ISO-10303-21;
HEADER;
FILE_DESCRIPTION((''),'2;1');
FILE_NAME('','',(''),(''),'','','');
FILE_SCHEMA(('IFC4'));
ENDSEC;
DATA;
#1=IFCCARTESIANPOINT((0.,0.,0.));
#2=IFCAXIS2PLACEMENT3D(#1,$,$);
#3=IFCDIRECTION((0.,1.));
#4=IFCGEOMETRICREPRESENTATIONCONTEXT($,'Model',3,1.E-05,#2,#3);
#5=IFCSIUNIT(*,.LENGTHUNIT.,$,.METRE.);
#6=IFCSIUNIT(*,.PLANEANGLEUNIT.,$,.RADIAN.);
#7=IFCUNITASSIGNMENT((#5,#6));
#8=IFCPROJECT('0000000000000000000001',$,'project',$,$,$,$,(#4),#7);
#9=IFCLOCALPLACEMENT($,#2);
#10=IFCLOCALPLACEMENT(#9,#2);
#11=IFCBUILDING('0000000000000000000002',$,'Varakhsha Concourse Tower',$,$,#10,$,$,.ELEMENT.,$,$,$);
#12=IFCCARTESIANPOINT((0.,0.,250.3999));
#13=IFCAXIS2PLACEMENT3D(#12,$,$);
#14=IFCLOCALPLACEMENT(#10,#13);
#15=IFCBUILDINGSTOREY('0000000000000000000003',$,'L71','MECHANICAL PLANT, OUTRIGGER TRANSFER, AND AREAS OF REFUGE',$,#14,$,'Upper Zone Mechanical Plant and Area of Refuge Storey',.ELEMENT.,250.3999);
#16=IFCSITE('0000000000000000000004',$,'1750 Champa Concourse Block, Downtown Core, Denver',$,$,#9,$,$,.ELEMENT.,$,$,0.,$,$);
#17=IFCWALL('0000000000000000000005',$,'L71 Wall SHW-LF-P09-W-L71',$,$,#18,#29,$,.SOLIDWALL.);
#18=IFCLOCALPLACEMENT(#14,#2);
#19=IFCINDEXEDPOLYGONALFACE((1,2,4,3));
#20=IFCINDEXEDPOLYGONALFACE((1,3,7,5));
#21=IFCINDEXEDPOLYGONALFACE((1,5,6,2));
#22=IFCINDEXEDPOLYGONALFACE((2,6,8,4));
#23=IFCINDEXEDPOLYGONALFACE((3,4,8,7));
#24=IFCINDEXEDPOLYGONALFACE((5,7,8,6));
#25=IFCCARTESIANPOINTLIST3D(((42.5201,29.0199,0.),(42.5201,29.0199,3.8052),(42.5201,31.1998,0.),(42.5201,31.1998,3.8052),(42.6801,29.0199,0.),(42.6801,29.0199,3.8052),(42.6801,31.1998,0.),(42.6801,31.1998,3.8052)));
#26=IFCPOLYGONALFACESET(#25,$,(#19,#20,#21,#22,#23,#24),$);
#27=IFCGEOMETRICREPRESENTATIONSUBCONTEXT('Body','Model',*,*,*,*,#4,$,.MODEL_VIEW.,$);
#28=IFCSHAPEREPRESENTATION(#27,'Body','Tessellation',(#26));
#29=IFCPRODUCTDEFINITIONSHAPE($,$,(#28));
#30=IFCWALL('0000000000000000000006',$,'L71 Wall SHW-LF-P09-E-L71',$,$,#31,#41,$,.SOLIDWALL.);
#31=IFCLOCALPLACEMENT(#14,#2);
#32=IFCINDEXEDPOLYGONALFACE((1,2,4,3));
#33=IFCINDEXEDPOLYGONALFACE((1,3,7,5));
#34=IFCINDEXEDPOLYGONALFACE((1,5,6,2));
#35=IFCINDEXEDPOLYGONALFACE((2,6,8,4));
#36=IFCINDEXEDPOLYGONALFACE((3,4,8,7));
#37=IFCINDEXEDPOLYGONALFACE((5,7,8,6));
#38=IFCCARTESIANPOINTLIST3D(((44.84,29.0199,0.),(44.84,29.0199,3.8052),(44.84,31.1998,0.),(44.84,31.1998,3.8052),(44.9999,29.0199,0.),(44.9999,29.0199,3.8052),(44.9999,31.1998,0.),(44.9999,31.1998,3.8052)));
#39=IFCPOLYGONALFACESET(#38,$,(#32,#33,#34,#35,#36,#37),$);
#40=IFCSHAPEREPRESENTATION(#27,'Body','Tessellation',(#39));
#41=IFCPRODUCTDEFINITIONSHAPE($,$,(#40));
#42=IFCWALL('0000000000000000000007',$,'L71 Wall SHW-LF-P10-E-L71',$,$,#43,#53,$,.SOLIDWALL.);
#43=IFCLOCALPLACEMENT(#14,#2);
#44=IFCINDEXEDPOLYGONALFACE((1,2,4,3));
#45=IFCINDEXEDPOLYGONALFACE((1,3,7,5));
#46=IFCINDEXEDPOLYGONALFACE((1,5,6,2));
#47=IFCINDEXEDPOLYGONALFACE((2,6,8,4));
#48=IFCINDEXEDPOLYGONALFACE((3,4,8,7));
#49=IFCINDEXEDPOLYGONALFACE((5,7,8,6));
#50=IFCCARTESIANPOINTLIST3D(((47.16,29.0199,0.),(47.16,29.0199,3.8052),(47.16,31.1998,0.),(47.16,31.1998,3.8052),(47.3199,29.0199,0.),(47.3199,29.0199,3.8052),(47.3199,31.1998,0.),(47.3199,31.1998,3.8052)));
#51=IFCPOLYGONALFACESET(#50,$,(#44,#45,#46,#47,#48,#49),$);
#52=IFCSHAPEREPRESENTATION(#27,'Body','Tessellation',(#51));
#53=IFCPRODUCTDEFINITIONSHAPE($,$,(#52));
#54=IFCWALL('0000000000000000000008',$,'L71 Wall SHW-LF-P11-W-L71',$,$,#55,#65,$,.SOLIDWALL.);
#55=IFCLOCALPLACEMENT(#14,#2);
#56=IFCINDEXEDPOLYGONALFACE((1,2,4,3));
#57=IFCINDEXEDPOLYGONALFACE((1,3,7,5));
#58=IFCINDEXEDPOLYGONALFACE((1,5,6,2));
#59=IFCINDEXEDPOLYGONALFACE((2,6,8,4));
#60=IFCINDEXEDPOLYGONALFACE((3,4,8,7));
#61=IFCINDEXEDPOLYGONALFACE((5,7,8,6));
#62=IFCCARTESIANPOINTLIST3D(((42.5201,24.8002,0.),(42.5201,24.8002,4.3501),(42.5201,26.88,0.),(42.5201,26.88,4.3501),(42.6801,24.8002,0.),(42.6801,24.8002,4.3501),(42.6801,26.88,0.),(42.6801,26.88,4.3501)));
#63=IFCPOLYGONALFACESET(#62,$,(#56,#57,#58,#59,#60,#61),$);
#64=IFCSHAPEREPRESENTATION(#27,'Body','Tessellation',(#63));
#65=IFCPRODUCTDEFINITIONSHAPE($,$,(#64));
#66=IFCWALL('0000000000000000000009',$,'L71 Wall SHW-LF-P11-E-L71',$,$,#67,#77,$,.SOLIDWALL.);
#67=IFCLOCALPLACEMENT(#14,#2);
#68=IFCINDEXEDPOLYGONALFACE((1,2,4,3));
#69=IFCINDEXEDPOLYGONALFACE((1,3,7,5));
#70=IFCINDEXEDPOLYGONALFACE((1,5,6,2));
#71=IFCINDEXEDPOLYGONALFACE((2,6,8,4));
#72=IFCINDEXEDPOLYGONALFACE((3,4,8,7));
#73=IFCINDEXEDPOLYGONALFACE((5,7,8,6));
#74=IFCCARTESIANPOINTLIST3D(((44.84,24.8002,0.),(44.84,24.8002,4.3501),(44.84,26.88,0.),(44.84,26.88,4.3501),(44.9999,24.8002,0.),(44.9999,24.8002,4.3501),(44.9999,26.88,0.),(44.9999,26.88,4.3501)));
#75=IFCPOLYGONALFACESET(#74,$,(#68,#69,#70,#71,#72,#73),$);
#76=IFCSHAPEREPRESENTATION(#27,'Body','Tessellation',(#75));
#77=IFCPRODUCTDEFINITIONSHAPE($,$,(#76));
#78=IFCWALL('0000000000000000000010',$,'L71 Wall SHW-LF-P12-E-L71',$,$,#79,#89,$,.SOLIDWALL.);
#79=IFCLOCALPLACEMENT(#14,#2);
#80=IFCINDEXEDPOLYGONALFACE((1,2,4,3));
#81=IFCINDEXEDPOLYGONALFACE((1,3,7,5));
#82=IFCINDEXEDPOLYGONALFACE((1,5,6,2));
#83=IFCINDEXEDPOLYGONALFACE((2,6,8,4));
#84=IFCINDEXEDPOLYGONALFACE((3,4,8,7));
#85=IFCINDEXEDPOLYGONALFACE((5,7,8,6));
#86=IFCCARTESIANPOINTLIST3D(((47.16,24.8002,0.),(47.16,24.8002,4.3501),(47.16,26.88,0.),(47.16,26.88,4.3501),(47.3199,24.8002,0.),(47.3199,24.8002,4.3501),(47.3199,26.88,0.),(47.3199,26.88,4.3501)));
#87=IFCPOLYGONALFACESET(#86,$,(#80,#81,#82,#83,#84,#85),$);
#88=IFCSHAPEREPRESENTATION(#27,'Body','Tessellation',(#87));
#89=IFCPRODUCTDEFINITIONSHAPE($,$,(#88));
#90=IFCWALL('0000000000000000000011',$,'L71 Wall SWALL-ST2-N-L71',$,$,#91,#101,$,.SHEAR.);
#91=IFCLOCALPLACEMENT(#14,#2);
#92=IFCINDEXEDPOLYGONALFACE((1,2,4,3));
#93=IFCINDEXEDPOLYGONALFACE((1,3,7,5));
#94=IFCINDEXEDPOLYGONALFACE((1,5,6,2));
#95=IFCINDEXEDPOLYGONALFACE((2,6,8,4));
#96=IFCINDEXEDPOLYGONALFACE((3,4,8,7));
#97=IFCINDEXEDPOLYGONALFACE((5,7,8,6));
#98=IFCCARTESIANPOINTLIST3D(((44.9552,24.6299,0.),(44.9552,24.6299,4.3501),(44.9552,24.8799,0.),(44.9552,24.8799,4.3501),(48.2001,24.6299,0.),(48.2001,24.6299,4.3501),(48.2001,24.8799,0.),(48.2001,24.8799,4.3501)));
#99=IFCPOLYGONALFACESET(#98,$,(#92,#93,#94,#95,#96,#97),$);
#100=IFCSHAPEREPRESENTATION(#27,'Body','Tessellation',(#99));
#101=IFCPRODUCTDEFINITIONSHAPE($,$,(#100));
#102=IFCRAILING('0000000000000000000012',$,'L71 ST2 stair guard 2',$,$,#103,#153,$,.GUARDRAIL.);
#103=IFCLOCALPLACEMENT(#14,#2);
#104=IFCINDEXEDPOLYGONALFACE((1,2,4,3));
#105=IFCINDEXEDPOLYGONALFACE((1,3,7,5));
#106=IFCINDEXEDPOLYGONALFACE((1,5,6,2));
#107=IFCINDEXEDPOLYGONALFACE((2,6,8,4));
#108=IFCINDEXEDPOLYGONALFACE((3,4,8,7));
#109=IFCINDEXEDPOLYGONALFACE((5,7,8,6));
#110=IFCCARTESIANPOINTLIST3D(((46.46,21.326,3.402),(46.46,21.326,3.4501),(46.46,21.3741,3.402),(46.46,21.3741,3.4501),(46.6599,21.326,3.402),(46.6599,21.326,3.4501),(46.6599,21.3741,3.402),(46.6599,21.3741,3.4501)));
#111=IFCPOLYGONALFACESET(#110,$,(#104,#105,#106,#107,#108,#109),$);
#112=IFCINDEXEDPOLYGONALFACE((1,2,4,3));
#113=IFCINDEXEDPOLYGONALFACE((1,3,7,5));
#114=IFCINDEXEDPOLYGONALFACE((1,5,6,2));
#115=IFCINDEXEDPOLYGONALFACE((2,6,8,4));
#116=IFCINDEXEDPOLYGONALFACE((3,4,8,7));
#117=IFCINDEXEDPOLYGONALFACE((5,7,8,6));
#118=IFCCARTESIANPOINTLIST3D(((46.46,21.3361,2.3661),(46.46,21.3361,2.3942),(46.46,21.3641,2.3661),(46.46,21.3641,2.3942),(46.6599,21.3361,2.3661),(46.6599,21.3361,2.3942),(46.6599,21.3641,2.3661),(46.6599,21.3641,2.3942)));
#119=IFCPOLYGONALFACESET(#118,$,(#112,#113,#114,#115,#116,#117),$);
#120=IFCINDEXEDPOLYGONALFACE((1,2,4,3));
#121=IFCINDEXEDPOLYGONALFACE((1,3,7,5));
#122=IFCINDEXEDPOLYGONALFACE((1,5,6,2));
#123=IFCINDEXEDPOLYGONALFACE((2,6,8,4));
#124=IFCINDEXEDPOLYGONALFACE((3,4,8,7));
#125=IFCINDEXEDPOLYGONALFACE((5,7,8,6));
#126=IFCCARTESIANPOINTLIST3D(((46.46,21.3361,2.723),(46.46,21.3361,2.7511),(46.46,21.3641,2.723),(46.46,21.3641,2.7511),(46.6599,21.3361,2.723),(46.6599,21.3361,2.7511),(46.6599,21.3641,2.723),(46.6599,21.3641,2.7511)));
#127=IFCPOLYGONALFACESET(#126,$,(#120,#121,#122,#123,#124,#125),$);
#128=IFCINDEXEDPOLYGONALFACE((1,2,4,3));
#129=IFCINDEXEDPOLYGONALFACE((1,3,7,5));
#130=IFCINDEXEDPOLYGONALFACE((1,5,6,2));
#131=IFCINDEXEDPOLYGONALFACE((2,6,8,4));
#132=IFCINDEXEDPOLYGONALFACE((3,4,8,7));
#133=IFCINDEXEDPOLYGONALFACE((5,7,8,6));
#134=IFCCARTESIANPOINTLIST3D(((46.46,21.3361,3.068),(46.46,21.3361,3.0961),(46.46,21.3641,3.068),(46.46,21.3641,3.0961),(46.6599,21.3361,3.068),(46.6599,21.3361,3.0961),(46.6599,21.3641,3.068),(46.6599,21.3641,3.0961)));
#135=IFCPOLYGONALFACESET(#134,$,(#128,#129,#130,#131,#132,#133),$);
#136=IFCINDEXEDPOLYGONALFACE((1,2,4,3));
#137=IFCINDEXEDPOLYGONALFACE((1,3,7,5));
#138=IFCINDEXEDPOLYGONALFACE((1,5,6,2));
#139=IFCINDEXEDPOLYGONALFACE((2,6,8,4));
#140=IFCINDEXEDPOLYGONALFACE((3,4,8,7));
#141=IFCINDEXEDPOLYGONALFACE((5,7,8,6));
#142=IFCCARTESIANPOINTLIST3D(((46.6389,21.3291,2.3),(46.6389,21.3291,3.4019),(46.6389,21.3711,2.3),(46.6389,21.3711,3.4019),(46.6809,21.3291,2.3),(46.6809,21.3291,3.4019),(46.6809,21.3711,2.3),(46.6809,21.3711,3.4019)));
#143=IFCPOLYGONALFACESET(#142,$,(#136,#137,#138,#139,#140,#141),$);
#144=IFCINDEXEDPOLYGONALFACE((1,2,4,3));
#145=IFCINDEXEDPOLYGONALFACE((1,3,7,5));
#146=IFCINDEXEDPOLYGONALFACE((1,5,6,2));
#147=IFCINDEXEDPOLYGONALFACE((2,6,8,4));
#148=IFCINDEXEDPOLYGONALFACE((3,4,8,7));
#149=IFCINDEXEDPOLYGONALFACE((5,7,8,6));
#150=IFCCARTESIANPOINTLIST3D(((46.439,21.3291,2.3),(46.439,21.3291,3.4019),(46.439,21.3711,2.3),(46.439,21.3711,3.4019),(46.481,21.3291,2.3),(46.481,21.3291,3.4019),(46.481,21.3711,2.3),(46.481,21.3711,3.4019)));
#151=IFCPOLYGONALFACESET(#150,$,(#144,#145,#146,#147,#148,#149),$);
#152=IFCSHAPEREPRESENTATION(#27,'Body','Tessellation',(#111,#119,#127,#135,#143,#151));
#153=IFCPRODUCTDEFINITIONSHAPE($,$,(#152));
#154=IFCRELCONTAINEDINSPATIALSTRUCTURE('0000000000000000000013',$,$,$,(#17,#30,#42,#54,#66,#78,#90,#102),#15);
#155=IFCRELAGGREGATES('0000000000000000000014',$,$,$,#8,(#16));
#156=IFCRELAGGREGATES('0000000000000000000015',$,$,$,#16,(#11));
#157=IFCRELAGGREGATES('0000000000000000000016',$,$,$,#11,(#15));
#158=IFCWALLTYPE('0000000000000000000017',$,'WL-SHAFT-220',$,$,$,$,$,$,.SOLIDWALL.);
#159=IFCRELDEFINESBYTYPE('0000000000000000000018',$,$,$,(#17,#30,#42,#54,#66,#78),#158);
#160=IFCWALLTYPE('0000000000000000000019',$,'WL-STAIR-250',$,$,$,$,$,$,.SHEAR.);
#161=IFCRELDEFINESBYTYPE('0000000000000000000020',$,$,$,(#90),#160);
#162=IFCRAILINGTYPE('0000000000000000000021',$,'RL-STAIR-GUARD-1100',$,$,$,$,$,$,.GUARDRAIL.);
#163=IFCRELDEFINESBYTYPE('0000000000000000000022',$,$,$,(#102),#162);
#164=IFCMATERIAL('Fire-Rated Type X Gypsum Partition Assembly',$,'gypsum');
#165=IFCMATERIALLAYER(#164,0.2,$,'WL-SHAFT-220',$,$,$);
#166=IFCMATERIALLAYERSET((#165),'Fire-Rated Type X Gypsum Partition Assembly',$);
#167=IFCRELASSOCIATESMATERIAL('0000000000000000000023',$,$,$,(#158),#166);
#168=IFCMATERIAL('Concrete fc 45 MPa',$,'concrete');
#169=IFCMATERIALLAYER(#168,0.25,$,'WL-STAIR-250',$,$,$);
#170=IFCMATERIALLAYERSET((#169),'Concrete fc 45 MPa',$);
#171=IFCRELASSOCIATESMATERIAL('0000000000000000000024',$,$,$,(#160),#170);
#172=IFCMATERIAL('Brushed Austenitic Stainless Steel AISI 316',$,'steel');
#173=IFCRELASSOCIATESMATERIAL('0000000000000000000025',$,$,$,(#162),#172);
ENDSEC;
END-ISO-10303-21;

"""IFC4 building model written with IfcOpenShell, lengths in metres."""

from ifc_helpers import new_model, si_unit, direction, frame, frame_2d, origin, origin_2d, place, context, subcontext, project, spatial, rectangle, extrude, material, layer, layer_set, type_object, element, save


model = new_model("IFC4")

# Units and contexts
model_context = context("Model", 3, precision=1e-05, world=origin(), true_north=direction((0.0, 1.0)))
body_context = subcontext(model_context, "Body", "Model", "MODEL_VIEW")
ifc_project = project(units=[si_unit("LENGTHUNIT", "METRE"), si_unit("PLANEANGLEUNIT", "RADIAN")], contexts=[model_context])

# Site, building, storey
site_placement = place(None, origin())
site = spatial("IfcSite", under=ifc_project, at=site_placement, Name="1750 Champa Concourse Block, Downtown Core, Denver", CompositionType="ELEMENT", RefElevation=0.0)
building_placement = place(site_placement, origin())
building = spatial("IfcBuilding", under=site, at=building_placement, Name="Varakhsha Concourse Tower", CompositionType="ELEMENT")
storey_placement = place(building_placement, frame((0.0, 0.0, 250.3999)))
storey = spatial("IfcBuildingStorey", under=building, at=storey_placement, Name="L71", Description="MECHANICAL PLANT, OUTRIGGER TRANSFER, AND AREAS OF REFUGE", LongName="Upper Zone Mechanical Plant and Area of Refuge Storey", CompositionType="ELEMENT", Elevation=250.3999)

# Shared definitions
ifc_material_1 = material(Name="Fire-Rated Type X Gypsum Partition Assembly", Category="gypsum")

# Walls
ifc_layer_1 = layer(ifc_material_1, 0.2, Name="WL-SHAFT-220")
ifc_layer_set_1 = layer_set([ifc_layer_1], Name="Fire-Rated Type X Gypsum Partition Assembly")
wall_type_1 = type_object("IfcWallType", Name="WL-SHAFT-220", PredefinedType="SOLIDWALL", material=ifc_layer_set_1)
for number, where, z_axis, x_axis, name in (
    (1, (42.6001, 29.02, 0.0), (0.0, 0.0, 1.0), (0.0, 1.0, 0.0), "L71 Wall SHW-LF-P09-W-L71"),
    (2, (44.9199, 29.02, 0.0), (0.0, 0.0, 1.0), (0.0, 1.0, 0.0), "L71 Wall SHW-LF-P09-E-L71"),
    (3, (47.24, 29.02, 0.0), (0.0, 0.0, 1.0), (0.0, 1.0, 0.0), "L71 Wall SHW-LF-P10-E-L71"),
):
    element("IfcWall", number, at=place(storey_placement, frame(where, z_axis=z_axis, x_axis=x_axis)), inside=storey, type_object=wall_type_1, Name=name, PredefinedType="SOLIDWALL", context=body_context, shape_type="SweptSolid", body=[
        extrude(rectangle(XDim=2.1799, YDim=0.1599, at=frame_2d((1.0898, 0.0))), origin(), (0.0, 0.0, 1.0), 3.8052),
    ])
for number, where, z_axis, x_axis, name in (
    (4, (42.6001, 24.8, 0.0), (0.0, 0.0, 1.0), (0.0, 1.0, 0.0), "L71 Wall SHW-LF-P11-W-L71"),
    (5, (44.9199, 24.8, 0.0), (0.0, 0.0, 1.0), (0.0, 1.0, 0.0), "L71 Wall SHW-LF-P11-E-L71"),
    (6, (47.24, 24.8, 0.0), (0.0, 0.0, 1.0), (0.0, 1.0, 0.0), "L71 Wall SHW-LF-P12-E-L71"),
):
    element("IfcWall", number, at=place(storey_placement, frame(where, z_axis=z_axis, x_axis=x_axis)), inside=storey, type_object=wall_type_1, Name=name, PredefinedType="SOLIDWALL", context=body_context, shape_type="SweptSolid", body=[
        extrude(rectangle(XDim=2.0798, YDim=0.1599, at=frame_2d((1.04, 0.0))), origin(), (0.0, 0.0, 1.0), 4.3501),
    ])
ifc_material_2 = material(Name="Concrete fc 45 MPa", Category="concrete")
ifc_layer_2 = layer(ifc_material_2, 0.25, Name="WL-STAIR-250")
ifc_layer_set_2 = layer_set([ifc_layer_2], Name="Concrete fc 45 MPa")
wall_type_2 = type_object("IfcWallType", Name="WL-STAIR-250", PredefinedType="SHEAR", material=ifc_layer_set_2)
wall_1_placement = place(storey_placement, frame((44.9551, 24.7549, 0.0), z_axis=(0.0, 0.0, 1.0), x_axis=(1.0, 0.0, 0.0)))
element("IfcWall", 7, at=wall_1_placement, inside=storey, type_object=wall_type_2, Name="L71 Wall SWALL-ST2-N-L71", PredefinedType="SHEAR", context=body_context, shape_type="SweptSolid", body=[
    extrude(rectangle(XDim=3.2449, YDim=0.25, at=frame_2d((1.6226, 0.0))), origin(), (0.0, 0.0, 1.0), 4.3501),
])

# Railing
ifc_material_3 = material(Name="Brushed Austenitic Stainless Steel AISI 316", Category="steel")
railing_type = type_object("IfcRailingType", Name="RL-STAIR-GUARD-1100", PredefinedType="GUARDRAIL", material=ifc_material_3)
railing_1_placement = place(storey_placement, frame((46.6599, 21.3501, 2.3)))
element("IfcRailing", 8, at=railing_1_placement, inside=storey, type_object=railing_type, Name="L71 ST2 stair guard 2", PredefinedType="GUARDRAIL", context=body_context, shape_type="SweptSolid", body=[
    extrude(rectangle(XDim=0.0481, YDim=0.0481, at=origin_2d()), frame((0.0, 0.0, 1.126), z_axis=(-1.0, 0.0, 0.0), x_axis=(0.0, -1.0, 0.0)), (0.0, 0.0, 1.0), 0.2),
    extrude(rectangle(XDim=0.0281, YDim=0.0281, at=origin_2d()), frame((0.0, 0.0, 0.0801), z_axis=(-1.0, 0.0, 0.0), x_axis=(0.0, -1.0, 0.0)), (0.0, 0.0, 1.0), 0.2),
    extrude(rectangle(XDim=0.0281, YDim=0.0281, at=origin_2d()), frame((0.0, 0.0, 0.437), z_axis=(-1.0, 0.0, 0.0), x_axis=(0.0, -1.0, 0.0)), (0.0, 0.0, 1.0), 0.2),
    extrude(rectangle(XDim=0.0281, YDim=0.0281, at=origin_2d()), frame((0.0, 0.0, 0.782), z_axis=(-1.0, 0.0, 0.0), x_axis=(0.0, -1.0, 0.0)), (0.0, 0.0, 1.0), 0.2),
    extrude(rectangle(XDim=0.042, YDim=0.042, at=origin_2d()), origin(), (0.0, 0.0, 1.0), 1.1018),
    extrude(rectangle(XDim=0.042, YDim=0.042, at=origin_2d()), frame((-0.2, 0.0, 0.0)), (0.0, 0.0, 1.0), 1.1018),
])

save(model, "model.ifc")
